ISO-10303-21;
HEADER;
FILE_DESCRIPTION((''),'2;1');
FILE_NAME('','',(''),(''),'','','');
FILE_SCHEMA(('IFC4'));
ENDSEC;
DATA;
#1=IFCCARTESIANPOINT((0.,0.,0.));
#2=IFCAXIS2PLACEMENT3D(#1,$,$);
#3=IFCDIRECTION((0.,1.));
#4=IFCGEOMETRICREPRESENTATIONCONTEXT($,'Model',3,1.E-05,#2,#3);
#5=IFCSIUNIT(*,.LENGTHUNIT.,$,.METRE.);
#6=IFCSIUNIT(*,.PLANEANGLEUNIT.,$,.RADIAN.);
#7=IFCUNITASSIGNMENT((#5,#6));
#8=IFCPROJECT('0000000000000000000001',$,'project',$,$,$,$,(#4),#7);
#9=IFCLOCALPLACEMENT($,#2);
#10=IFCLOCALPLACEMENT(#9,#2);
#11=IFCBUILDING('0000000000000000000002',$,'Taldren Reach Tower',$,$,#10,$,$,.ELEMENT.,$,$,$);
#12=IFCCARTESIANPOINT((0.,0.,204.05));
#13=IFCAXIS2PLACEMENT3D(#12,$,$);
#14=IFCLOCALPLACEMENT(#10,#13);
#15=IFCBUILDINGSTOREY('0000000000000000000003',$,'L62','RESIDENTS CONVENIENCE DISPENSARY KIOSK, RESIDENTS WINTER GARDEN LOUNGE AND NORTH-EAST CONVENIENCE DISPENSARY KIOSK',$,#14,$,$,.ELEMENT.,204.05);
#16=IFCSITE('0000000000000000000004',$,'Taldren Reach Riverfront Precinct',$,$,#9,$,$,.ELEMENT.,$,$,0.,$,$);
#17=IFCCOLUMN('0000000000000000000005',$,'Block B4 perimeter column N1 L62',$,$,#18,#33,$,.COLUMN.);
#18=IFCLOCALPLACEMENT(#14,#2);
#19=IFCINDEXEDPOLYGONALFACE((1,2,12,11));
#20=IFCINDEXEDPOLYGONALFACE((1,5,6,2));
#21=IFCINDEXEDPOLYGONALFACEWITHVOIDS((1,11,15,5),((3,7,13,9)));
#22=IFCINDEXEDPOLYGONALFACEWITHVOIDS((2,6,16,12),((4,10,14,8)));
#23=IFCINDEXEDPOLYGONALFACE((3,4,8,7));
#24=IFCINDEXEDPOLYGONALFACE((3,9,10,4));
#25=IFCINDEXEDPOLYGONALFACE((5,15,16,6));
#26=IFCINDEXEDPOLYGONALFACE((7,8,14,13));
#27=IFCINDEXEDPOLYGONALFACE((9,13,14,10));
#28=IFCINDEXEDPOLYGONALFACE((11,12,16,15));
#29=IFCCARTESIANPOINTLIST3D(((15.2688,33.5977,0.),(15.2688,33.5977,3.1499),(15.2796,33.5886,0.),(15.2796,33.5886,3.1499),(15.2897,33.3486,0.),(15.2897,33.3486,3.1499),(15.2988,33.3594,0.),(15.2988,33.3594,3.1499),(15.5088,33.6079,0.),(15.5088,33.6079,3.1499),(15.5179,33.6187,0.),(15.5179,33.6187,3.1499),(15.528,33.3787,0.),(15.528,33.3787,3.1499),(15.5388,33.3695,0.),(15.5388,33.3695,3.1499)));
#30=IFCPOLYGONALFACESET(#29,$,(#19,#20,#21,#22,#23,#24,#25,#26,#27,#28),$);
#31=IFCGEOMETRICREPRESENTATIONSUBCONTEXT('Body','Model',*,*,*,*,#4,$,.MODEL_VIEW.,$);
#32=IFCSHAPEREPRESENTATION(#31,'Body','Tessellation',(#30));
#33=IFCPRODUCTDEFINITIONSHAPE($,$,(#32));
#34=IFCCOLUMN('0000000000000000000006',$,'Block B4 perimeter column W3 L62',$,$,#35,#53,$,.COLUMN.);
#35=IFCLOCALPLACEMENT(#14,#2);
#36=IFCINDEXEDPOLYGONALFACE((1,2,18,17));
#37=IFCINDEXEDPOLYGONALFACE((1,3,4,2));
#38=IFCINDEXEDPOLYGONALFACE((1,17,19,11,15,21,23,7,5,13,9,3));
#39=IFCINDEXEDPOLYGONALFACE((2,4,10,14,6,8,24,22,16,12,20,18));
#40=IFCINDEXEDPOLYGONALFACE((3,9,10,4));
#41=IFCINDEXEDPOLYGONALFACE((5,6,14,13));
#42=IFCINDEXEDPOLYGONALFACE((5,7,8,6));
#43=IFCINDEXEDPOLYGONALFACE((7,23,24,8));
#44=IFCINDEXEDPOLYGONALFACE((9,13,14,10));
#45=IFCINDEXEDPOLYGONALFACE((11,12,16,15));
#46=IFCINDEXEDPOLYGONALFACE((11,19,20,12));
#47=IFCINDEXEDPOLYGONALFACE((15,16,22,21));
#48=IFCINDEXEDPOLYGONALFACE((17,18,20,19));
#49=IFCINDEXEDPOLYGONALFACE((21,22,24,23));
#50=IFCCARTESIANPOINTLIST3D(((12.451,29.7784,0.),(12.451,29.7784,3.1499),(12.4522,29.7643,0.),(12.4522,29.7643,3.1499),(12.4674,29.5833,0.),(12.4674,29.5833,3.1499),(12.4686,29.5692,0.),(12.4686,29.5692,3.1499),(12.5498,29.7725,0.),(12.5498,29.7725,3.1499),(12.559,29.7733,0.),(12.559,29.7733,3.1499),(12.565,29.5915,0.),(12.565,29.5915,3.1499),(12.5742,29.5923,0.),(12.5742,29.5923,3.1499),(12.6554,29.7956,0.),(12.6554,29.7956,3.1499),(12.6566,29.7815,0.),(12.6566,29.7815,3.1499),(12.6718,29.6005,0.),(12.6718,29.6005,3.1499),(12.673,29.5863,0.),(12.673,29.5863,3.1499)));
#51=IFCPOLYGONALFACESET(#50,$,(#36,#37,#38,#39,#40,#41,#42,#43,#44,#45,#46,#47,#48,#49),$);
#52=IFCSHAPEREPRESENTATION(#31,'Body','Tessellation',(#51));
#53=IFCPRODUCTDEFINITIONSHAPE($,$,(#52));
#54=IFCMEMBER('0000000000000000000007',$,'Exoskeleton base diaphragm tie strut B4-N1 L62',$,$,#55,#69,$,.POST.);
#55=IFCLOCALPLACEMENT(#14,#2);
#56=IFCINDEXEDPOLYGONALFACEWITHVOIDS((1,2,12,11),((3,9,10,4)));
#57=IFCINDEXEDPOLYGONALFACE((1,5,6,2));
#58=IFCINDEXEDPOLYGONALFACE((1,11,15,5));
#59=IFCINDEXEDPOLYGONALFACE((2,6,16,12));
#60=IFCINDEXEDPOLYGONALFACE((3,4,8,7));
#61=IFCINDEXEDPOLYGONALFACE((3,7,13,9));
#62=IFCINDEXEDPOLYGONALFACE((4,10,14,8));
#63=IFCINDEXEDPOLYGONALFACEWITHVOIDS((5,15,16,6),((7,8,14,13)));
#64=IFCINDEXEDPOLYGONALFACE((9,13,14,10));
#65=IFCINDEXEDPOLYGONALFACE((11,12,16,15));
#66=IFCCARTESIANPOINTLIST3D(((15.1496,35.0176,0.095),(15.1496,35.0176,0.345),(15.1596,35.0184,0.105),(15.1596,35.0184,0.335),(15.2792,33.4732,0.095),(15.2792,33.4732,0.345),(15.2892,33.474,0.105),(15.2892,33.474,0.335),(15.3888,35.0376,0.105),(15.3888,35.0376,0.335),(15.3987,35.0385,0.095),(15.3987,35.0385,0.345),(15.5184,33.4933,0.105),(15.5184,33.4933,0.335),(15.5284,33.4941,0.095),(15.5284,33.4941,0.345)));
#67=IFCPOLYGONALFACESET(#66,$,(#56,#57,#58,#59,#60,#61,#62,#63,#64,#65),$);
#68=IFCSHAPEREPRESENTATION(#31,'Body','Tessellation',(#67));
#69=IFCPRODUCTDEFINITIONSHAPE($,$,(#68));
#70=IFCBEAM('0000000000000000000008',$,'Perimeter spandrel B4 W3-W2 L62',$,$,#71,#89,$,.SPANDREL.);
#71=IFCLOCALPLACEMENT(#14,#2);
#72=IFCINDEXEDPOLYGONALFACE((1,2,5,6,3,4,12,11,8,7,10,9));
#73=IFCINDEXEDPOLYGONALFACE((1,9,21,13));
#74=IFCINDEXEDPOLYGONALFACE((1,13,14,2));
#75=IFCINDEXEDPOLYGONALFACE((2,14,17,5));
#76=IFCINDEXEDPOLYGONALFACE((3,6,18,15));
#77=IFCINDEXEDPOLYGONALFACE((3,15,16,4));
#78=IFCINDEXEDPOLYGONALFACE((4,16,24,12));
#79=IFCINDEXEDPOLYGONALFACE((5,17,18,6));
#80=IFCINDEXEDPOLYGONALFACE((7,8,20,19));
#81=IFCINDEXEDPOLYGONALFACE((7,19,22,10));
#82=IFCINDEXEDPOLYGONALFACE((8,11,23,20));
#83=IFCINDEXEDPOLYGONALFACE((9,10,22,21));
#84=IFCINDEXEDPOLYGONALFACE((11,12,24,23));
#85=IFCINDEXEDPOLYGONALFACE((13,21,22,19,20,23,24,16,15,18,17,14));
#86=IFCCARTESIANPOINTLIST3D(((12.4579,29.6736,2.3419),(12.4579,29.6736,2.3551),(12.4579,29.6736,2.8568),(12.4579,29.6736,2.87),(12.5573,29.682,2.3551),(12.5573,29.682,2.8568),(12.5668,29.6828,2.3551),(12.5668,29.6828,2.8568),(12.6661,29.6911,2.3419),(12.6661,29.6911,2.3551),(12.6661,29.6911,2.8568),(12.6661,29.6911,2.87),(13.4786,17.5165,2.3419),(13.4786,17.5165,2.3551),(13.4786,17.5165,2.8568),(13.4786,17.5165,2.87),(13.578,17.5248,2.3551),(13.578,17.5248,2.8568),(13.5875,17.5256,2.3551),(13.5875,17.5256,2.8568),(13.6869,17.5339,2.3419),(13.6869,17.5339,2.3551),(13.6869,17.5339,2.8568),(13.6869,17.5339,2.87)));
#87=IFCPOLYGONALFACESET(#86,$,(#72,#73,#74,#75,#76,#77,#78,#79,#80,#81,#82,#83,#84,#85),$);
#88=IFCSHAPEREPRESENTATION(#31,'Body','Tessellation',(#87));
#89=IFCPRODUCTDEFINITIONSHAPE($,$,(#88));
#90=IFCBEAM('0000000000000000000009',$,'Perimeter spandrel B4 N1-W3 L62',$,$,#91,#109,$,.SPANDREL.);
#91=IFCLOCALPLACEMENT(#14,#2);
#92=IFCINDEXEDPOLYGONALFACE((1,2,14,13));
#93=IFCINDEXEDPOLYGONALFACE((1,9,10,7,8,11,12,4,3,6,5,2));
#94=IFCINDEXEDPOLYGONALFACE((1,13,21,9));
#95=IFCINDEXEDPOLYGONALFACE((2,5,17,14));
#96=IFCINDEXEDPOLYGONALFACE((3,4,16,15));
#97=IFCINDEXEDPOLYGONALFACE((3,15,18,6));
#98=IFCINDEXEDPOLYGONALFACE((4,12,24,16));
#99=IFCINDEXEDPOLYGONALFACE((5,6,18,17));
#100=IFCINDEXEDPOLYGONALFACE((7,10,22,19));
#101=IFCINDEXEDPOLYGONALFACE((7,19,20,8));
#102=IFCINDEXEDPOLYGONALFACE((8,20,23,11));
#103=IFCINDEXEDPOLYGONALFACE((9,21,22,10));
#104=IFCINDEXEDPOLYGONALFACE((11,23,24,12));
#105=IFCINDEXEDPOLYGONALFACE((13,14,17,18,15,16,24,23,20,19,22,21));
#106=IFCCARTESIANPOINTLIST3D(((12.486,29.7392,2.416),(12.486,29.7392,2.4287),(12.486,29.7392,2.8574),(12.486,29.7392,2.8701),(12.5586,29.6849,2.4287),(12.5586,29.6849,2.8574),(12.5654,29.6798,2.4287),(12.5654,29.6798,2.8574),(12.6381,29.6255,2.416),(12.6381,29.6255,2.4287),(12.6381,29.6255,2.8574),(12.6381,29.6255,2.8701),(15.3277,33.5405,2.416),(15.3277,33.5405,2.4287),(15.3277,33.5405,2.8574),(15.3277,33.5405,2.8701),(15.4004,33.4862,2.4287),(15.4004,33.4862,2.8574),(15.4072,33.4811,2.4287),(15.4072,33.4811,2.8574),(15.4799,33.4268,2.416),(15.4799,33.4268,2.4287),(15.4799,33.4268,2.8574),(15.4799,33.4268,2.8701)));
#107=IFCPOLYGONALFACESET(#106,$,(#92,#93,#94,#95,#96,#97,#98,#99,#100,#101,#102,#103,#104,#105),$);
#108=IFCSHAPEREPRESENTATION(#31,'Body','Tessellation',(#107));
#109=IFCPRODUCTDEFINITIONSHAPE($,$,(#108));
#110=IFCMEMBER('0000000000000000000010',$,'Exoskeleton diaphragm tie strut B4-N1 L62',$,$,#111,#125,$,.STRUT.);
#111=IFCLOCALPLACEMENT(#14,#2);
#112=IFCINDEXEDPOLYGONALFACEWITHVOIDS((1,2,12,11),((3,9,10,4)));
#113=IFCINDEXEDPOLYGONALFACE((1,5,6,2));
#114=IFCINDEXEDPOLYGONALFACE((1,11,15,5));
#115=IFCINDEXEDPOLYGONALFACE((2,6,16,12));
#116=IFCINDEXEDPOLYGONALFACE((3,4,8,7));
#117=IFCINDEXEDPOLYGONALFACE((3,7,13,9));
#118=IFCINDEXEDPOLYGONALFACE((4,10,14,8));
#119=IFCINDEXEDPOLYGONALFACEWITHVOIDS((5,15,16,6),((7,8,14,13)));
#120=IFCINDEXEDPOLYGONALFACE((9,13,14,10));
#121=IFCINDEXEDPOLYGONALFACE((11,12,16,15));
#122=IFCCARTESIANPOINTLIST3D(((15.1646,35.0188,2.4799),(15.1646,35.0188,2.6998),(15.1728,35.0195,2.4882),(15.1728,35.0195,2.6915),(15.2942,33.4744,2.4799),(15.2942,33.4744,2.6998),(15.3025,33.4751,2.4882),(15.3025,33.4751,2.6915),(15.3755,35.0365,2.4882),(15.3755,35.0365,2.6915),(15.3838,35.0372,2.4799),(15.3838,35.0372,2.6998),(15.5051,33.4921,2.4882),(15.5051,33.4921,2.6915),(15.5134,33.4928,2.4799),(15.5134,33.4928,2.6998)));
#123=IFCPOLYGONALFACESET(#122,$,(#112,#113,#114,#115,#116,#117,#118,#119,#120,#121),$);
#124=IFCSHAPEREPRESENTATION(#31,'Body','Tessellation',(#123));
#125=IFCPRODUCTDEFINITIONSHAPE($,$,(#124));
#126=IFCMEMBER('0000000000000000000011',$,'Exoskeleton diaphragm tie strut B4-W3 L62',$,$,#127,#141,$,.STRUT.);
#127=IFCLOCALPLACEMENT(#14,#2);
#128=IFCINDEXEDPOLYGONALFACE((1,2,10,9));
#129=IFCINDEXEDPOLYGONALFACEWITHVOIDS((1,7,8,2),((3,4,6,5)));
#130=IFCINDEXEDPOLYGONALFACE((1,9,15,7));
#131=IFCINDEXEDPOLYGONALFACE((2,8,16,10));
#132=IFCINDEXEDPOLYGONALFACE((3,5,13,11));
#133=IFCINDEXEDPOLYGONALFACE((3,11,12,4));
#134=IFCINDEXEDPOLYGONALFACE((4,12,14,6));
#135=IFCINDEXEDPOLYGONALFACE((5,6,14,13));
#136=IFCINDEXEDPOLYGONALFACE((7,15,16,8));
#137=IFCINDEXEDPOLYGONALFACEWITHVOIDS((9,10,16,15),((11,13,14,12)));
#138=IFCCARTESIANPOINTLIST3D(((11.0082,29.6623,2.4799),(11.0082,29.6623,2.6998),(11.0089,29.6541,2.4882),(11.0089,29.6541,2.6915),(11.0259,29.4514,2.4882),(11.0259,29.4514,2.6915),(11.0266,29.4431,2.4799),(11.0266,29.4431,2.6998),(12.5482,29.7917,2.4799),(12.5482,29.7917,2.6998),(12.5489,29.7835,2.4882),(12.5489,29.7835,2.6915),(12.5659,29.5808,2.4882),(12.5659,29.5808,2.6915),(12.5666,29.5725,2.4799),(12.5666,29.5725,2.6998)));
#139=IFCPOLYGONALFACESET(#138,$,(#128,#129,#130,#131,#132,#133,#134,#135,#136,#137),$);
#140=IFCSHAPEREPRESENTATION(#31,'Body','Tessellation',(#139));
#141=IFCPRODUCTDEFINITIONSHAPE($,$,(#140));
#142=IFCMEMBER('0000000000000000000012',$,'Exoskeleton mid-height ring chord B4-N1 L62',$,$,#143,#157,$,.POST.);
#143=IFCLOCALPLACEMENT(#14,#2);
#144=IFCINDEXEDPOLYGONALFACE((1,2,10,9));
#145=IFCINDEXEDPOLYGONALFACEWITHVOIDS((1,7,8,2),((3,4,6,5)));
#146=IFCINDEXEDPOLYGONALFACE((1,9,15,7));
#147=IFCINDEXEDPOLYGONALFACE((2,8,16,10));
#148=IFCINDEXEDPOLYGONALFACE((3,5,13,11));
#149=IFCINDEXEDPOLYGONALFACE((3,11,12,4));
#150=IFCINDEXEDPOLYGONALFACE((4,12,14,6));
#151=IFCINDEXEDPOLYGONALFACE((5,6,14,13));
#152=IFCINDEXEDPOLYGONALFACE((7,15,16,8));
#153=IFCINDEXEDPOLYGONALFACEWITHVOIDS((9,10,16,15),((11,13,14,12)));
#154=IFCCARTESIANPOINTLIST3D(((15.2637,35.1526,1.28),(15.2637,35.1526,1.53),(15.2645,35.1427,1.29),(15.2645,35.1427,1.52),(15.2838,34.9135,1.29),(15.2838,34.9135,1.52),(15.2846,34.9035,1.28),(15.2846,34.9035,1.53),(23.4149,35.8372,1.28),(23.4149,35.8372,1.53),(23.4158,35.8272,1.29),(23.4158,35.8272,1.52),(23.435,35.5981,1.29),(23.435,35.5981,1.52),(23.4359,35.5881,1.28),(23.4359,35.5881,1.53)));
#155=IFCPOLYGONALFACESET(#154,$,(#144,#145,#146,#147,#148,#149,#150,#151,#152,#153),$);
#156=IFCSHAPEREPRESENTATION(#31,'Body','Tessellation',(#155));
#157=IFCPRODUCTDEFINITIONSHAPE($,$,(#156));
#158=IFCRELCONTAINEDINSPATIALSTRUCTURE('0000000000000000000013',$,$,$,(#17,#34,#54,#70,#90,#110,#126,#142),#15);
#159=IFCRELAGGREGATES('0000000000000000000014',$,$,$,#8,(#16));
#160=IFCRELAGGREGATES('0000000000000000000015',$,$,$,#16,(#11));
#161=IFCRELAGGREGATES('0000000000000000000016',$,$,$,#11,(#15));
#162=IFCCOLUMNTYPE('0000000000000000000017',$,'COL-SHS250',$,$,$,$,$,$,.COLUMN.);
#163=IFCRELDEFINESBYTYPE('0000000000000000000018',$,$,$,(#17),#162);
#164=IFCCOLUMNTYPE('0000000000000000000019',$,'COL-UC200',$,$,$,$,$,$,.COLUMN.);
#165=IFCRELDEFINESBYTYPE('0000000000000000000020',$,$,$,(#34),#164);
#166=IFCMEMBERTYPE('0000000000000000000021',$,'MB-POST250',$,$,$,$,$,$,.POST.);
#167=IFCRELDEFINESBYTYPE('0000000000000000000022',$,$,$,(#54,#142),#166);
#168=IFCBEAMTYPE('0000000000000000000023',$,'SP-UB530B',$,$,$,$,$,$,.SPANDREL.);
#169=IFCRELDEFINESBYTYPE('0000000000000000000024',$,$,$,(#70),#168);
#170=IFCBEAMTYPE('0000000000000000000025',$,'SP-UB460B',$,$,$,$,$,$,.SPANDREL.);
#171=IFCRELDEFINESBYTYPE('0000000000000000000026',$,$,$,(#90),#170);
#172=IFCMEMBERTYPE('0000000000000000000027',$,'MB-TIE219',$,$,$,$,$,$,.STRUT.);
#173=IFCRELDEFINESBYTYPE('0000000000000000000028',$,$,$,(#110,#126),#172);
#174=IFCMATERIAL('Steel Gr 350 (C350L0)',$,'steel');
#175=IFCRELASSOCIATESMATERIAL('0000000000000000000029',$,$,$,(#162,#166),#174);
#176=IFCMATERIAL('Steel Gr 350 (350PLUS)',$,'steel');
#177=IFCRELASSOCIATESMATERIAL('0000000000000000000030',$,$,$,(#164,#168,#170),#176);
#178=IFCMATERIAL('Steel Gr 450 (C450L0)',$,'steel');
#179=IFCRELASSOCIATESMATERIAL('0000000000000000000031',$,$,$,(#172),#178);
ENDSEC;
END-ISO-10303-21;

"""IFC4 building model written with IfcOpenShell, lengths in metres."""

from ifc_helpers import new_model, si_unit, direction, frame, origin, origin_2d, place, context, subcontext, project, spatial, hollow_rectangle, i_section, extrude, source, transform, mapped, material, material_profile, profile_set, type_object, element, save


model = new_model("IFC4")

# Units and contexts
model_context = context("Model", 3, precision=1e-05, world=origin(), true_north=direction((0.0, 1.0)))
body_context = subcontext(model_context, "Body", "Model", "MODEL_VIEW")
ifc_project = project(units=[si_unit("LENGTHUNIT", "METRE"), si_unit("PLANEANGLEUNIT", "RADIAN")], contexts=[model_context])

# Site, building, storey
site_placement = place(None, origin())
site = spatial("IfcSite", under=ifc_project, at=site_placement, Name="Taldren Reach Riverfront Precinct", CompositionType="ELEMENT", RefElevation=0.0)
building_placement = place(site_placement, origin())
building = spatial("IfcBuilding", under=site, at=building_placement, Name="Taldren Reach Tower", CompositionType="ELEMENT")
storey_placement = place(building_placement, frame((0.0, 0.0, 204.05)))
storey = spatial("IfcBuildingStorey", under=building, at=storey_placement, Name="L62", Description="RESIDENTS CONVENIENCE DISPENSARY KIOSK, RESIDENTS WINTER GARDEN LOUNGE AND NORTH-EAST CONVENIENCE DISPENSARY KIOSK", CompositionType="ELEMENT", Elevation=204.05)

# Columns
ifc_material_1 = material(Name="Steel Gr 350 (C350L0)", Category="steel")
ifc_material_profile_1 = material_profile(ifc_material_1, hollow_rectangle(XDim=0.25, YDim=0.25, WallThickness=0.01, at=origin_2d()), Name="250x250x10.0SHS")
ifc_profile_set_1 = profile_set([ifc_material_profile_1], Name="Steel Gr 350 (C350L0)")
column_type_1 = type_object("IfcColumnType", Name="COL-SHS250", PredefinedType="COLUMN", material=ifc_profile_set_1)
shared_shape_1 = source(origin(), body_context, "Body", "SweptSolid", [
    extrude(hollow_rectangle(XDim=0.25, YDim=0.25, WallThickness=0.01, at=origin_2d()), origin(), (0.0, 0.0, 1.0), 3.1499),
])
column_1_placement = place(storey_placement, frame((15.4038, 33.4836, 0.0), z_axis=(0.0, 0.0, 1.0), x_axis=(0.996493, 0.083678, 0.0)))
element("IfcColumn", 1, at=column_1_placement, inside=storey, type_object=column_type_1, Name="Block B4 perimeter column N1 L62", PredefinedType="COLUMN", context=body_context, shape_type="MappedRepresentation", body=[
    mapped(shared_shape_1, transform((0.0, 0.0, 0.0), scale=1.0)),
])
ifc_material_2 = material(Name="Steel Gr 350 (350PLUS)", Category="steel")
ifc_material_profile_2 = material_profile(ifc_material_2, i_section(OverallWidth=0.2051, OverallDepth=0.21, WebThickness=0.0093, FlangeThickness=0.0142, at=origin_2d()), Name="200UC59.5")
ifc_profile_set_2 = profile_set([ifc_material_profile_2], Name="Steel Gr 350 (350PLUS)")
column_type_2 = type_object("IfcColumnType", Name="COL-UC200", PredefinedType="COLUMN", material=ifc_profile_set_2)
shared_shape_2 = source(origin(), body_context, "Body", "SweptSolid", [
    extrude(i_section(OverallWidth=0.2051, OverallDepth=0.21, WebThickness=0.0093, FlangeThickness=0.0142, at=origin_2d()), origin(), (0.0, 0.0, 1.0), 3.1499),
])
column_2_placement = place(storey_placement, frame((12.562, 29.6824, 0.0), z_axis=(0.0, 0.0, 1.0), x_axis=(0.996493, 0.083678, 0.0)))
element("IfcColumn", 2, at=column_2_placement, inside=storey, type_object=column_type_2, Name="Block B4 perimeter column W3 L62", PredefinedType="COLUMN", context=body_context, shape_type="MappedRepresentation", body=[
    mapped(shared_shape_2, transform((0.0, 0.0, 0.0), scale=1.0)),
])

# Member
ifc_material_profile_3 = material_profile(ifc_material_1, hollow_rectangle(XDim=0.25, YDim=0.25, WallThickness=0.01, at=origin_2d()), Name="250x250x10.0SHS")
ifc_profile_set_3 = profile_set([ifc_material_profile_3], Name="Steel Gr 350 (C350L0)")
member_type_1 = type_object("IfcMemberType", Name="MB-POST250", PredefinedType="POST", material=ifc_profile_set_3)
shared_shape_3 = source(origin(), body_context, "Body", "SweptSolid", [
    extrude(hollow_rectangle(XDim=0.25, YDim=0.25, WallThickness=0.01, at=origin_2d()), origin(), (0.0, 0.0, 1.0), 1.5498),
])
member_1_placement = place(storey_placement, frame((15.4038, 33.4836, 0.22), z_axis=(-0.083645, 0.996496, 0.0), x_axis=(-0.996496, -0.083645, 0.0)))
element("IfcMember", 3, at=member_1_placement, inside=storey, type_object=member_type_1, Name="Exoskeleton base diaphragm tie strut B4-N1 L62", PredefinedType="POST", context=body_context, shape_type="MappedRepresentation", body=[
    mapped(shared_shape_3, transform((0.0, 0.0, 0.0), scale=1.0)),
])

# Beams
ifc_material_profile_4 = material_profile(ifc_material_2, i_section(OverallWidth=0.209, OverallDepth=0.5281, WebThickness=0.0095, FlangeThickness=0.0132, at=origin_2d()), Name="530UB82.0")
ifc_profile_set_4 = profile_set([ifc_material_profile_4], Name="Steel Gr 350 (350PLUS)")
beam_type_1 = type_object("IfcBeamType", Name="SP-UB530B", PredefinedType="SPANDREL", material=ifc_profile_set_4)
shared_shape_4 = source(origin(), body_context, "Body", "SweptSolid", [
    extrude(i_section(OverallWidth=0.209, OverallDepth=0.5281, WebThickness=0.0095, FlangeThickness=0.0132, at=origin_2d()), origin(), (0.0, 0.0, 1.0), 12.2),
])
beam_1_placement = place(storey_placement, frame((12.562, 29.6824, 2.606), z_axis=(0.083668, -0.996494, 0.0), x_axis=(0.996494, 0.083668, 0.0)))
element("IfcBeam", 4, at=beam_1_placement, inside=storey, type_object=beam_type_1, Name="Perimeter spandrel B4 W3-W2 L62", PredefinedType="SPANDREL", context=body_context, shape_type="MappedRepresentation", body=[
    mapped(shared_shape_4, transform((0.0, 0.0, 0.0), scale=1.0)),
])
ifc_material_profile_5 = material_profile(ifc_material_2, i_section(OverallWidth=0.1899, OverallDepth=0.4541, WebThickness=0.0085, FlangeThickness=0.0127, at=origin_2d()), Name="460UB67.1")
ifc_profile_set_5 = profile_set([ifc_material_profile_5], Name="Steel Gr 350 (350PLUS)")
beam_type_2 = type_object("IfcBeamType", Name="SP-UB460B", PredefinedType="SPANDREL", material=ifc_profile_set_5)
shared_shape_5 = source(origin(), body_context, "Body", "SweptSolid", [
    extrude(i_section(OverallWidth=0.1899, OverallDepth=0.4541, WebThickness=0.0085, FlangeThickness=0.0127, at=origin_2d()), origin(), (0.0, 0.0, 1.0), 4.7461),
])
beam_2_placement = place(storey_placement, frame((15.4038, 33.4836, 2.6431), z_axis=(-0.598765, -0.800925, 0.0), x_axis=(0.800925, -0.598765, 0.0)))
element("IfcBeam", 5, at=beam_2_placement, inside=storey, type_object=beam_type_2, Name="Perimeter spandrel B4 N1-W3 L62", PredefinedType="SPANDREL", context=body_context, shape_type="MappedRepresentation", body=[
    mapped(shared_shape_5, transform((0.0, 0.0, 0.0), scale=1.0)),
])

# Members
ifc_material_3 = material(Name="Steel Gr 450 (C450L0)", Category="steel")
ifc_material_profile_6 = material_profile(ifc_material_3, hollow_rectangle(XDim=0.22, YDim=0.22, WallThickness=0.0083, at=origin_2d()), Name="220x220x8.2SHS")
ifc_profile_set_6 = profile_set([ifc_material_profile_6], Name="Steel Gr 450 (C450L0)")
member_type_2 = type_object("IfcMemberType", Name="MB-TIE219", PredefinedType="STRUT", material=ifc_profile_set_6)
shared_shape_6 = source(origin(), body_context, "Body", "SweptSolid", [
    extrude(hollow_rectangle(XDim=0.22, YDim=0.22, WallThickness=0.0083, at=origin_2d()), origin(), (0.0, 0.0, 1.0), 1.5498),
])
member_2_placement = place(storey_placement, frame((15.4038, 33.4836, 2.5898), z_axis=(-0.083645, 0.996496, 0.0), x_axis=(-0.996496, -0.083645, 0.0)))
element("IfcMember", 6, at=member_2_placement, inside=storey, type_object=member_type_2, Name="Exoskeleton diaphragm tie strut B4-N1 L62", PredefinedType="STRUT", context=body_context, shape_type="MappedRepresentation", body=[
    mapped(shared_shape_6, transform((0.0, 0.0, 0.0), scale=1.0)),
])
shared_shape_7 = source(origin(), body_context, "Body", "SweptSolid", [
    extrude(hollow_rectangle(XDim=0.22, YDim=0.22, WallThickness=0.0083, at=origin_2d()), origin(), (0.0, 0.0, 1.0), 1.5454),
])
member_3_placement = place(storey_placement, frame((12.5574, 29.6821, 2.5898), z_axis=(-0.996489, -0.083725, 0.0), x_axis=(0.083725, -0.996489, 0.0)))
element("IfcMember", 7, at=member_3_placement, inside=storey, type_object=member_type_2, Name="Exoskeleton diaphragm tie strut B4-W3 L62", PredefinedType="STRUT", context=body_context, shape_type="MappedRepresentation", body=[
    mapped(shared_shape_7, transform((0.0, 0.0, 0.0), scale=1.0)),
])
shared_shape_8 = source(origin(), body_context, "Body", "SweptSolid", [
    extrude(hollow_rectangle(XDim=0.25, YDim=0.25, WallThickness=0.01, at=origin_2d()), origin(), (0.0, 0.0, 1.0), 8.1799),
])
member_4_placement = place(storey_placement, frame((15.2742, 35.0281, 1.405), z_axis=(0.996492, 0.08369, 0.0), x_axis=(-0.08369, 0.996492, 0.0)))
element("IfcMember", 8, at=member_4_placement, inside=storey, type_object=member_type_1, Name="Exoskeleton mid-height ring chord B4-N1 L62", PredefinedType="POST", context=body_context, shape_type="MappedRepresentation", body=[
    mapped(shared_shape_8, transform((0.0, 0.0, 0.0), scale=1.0)),
])

save(model, "model.ifc")
